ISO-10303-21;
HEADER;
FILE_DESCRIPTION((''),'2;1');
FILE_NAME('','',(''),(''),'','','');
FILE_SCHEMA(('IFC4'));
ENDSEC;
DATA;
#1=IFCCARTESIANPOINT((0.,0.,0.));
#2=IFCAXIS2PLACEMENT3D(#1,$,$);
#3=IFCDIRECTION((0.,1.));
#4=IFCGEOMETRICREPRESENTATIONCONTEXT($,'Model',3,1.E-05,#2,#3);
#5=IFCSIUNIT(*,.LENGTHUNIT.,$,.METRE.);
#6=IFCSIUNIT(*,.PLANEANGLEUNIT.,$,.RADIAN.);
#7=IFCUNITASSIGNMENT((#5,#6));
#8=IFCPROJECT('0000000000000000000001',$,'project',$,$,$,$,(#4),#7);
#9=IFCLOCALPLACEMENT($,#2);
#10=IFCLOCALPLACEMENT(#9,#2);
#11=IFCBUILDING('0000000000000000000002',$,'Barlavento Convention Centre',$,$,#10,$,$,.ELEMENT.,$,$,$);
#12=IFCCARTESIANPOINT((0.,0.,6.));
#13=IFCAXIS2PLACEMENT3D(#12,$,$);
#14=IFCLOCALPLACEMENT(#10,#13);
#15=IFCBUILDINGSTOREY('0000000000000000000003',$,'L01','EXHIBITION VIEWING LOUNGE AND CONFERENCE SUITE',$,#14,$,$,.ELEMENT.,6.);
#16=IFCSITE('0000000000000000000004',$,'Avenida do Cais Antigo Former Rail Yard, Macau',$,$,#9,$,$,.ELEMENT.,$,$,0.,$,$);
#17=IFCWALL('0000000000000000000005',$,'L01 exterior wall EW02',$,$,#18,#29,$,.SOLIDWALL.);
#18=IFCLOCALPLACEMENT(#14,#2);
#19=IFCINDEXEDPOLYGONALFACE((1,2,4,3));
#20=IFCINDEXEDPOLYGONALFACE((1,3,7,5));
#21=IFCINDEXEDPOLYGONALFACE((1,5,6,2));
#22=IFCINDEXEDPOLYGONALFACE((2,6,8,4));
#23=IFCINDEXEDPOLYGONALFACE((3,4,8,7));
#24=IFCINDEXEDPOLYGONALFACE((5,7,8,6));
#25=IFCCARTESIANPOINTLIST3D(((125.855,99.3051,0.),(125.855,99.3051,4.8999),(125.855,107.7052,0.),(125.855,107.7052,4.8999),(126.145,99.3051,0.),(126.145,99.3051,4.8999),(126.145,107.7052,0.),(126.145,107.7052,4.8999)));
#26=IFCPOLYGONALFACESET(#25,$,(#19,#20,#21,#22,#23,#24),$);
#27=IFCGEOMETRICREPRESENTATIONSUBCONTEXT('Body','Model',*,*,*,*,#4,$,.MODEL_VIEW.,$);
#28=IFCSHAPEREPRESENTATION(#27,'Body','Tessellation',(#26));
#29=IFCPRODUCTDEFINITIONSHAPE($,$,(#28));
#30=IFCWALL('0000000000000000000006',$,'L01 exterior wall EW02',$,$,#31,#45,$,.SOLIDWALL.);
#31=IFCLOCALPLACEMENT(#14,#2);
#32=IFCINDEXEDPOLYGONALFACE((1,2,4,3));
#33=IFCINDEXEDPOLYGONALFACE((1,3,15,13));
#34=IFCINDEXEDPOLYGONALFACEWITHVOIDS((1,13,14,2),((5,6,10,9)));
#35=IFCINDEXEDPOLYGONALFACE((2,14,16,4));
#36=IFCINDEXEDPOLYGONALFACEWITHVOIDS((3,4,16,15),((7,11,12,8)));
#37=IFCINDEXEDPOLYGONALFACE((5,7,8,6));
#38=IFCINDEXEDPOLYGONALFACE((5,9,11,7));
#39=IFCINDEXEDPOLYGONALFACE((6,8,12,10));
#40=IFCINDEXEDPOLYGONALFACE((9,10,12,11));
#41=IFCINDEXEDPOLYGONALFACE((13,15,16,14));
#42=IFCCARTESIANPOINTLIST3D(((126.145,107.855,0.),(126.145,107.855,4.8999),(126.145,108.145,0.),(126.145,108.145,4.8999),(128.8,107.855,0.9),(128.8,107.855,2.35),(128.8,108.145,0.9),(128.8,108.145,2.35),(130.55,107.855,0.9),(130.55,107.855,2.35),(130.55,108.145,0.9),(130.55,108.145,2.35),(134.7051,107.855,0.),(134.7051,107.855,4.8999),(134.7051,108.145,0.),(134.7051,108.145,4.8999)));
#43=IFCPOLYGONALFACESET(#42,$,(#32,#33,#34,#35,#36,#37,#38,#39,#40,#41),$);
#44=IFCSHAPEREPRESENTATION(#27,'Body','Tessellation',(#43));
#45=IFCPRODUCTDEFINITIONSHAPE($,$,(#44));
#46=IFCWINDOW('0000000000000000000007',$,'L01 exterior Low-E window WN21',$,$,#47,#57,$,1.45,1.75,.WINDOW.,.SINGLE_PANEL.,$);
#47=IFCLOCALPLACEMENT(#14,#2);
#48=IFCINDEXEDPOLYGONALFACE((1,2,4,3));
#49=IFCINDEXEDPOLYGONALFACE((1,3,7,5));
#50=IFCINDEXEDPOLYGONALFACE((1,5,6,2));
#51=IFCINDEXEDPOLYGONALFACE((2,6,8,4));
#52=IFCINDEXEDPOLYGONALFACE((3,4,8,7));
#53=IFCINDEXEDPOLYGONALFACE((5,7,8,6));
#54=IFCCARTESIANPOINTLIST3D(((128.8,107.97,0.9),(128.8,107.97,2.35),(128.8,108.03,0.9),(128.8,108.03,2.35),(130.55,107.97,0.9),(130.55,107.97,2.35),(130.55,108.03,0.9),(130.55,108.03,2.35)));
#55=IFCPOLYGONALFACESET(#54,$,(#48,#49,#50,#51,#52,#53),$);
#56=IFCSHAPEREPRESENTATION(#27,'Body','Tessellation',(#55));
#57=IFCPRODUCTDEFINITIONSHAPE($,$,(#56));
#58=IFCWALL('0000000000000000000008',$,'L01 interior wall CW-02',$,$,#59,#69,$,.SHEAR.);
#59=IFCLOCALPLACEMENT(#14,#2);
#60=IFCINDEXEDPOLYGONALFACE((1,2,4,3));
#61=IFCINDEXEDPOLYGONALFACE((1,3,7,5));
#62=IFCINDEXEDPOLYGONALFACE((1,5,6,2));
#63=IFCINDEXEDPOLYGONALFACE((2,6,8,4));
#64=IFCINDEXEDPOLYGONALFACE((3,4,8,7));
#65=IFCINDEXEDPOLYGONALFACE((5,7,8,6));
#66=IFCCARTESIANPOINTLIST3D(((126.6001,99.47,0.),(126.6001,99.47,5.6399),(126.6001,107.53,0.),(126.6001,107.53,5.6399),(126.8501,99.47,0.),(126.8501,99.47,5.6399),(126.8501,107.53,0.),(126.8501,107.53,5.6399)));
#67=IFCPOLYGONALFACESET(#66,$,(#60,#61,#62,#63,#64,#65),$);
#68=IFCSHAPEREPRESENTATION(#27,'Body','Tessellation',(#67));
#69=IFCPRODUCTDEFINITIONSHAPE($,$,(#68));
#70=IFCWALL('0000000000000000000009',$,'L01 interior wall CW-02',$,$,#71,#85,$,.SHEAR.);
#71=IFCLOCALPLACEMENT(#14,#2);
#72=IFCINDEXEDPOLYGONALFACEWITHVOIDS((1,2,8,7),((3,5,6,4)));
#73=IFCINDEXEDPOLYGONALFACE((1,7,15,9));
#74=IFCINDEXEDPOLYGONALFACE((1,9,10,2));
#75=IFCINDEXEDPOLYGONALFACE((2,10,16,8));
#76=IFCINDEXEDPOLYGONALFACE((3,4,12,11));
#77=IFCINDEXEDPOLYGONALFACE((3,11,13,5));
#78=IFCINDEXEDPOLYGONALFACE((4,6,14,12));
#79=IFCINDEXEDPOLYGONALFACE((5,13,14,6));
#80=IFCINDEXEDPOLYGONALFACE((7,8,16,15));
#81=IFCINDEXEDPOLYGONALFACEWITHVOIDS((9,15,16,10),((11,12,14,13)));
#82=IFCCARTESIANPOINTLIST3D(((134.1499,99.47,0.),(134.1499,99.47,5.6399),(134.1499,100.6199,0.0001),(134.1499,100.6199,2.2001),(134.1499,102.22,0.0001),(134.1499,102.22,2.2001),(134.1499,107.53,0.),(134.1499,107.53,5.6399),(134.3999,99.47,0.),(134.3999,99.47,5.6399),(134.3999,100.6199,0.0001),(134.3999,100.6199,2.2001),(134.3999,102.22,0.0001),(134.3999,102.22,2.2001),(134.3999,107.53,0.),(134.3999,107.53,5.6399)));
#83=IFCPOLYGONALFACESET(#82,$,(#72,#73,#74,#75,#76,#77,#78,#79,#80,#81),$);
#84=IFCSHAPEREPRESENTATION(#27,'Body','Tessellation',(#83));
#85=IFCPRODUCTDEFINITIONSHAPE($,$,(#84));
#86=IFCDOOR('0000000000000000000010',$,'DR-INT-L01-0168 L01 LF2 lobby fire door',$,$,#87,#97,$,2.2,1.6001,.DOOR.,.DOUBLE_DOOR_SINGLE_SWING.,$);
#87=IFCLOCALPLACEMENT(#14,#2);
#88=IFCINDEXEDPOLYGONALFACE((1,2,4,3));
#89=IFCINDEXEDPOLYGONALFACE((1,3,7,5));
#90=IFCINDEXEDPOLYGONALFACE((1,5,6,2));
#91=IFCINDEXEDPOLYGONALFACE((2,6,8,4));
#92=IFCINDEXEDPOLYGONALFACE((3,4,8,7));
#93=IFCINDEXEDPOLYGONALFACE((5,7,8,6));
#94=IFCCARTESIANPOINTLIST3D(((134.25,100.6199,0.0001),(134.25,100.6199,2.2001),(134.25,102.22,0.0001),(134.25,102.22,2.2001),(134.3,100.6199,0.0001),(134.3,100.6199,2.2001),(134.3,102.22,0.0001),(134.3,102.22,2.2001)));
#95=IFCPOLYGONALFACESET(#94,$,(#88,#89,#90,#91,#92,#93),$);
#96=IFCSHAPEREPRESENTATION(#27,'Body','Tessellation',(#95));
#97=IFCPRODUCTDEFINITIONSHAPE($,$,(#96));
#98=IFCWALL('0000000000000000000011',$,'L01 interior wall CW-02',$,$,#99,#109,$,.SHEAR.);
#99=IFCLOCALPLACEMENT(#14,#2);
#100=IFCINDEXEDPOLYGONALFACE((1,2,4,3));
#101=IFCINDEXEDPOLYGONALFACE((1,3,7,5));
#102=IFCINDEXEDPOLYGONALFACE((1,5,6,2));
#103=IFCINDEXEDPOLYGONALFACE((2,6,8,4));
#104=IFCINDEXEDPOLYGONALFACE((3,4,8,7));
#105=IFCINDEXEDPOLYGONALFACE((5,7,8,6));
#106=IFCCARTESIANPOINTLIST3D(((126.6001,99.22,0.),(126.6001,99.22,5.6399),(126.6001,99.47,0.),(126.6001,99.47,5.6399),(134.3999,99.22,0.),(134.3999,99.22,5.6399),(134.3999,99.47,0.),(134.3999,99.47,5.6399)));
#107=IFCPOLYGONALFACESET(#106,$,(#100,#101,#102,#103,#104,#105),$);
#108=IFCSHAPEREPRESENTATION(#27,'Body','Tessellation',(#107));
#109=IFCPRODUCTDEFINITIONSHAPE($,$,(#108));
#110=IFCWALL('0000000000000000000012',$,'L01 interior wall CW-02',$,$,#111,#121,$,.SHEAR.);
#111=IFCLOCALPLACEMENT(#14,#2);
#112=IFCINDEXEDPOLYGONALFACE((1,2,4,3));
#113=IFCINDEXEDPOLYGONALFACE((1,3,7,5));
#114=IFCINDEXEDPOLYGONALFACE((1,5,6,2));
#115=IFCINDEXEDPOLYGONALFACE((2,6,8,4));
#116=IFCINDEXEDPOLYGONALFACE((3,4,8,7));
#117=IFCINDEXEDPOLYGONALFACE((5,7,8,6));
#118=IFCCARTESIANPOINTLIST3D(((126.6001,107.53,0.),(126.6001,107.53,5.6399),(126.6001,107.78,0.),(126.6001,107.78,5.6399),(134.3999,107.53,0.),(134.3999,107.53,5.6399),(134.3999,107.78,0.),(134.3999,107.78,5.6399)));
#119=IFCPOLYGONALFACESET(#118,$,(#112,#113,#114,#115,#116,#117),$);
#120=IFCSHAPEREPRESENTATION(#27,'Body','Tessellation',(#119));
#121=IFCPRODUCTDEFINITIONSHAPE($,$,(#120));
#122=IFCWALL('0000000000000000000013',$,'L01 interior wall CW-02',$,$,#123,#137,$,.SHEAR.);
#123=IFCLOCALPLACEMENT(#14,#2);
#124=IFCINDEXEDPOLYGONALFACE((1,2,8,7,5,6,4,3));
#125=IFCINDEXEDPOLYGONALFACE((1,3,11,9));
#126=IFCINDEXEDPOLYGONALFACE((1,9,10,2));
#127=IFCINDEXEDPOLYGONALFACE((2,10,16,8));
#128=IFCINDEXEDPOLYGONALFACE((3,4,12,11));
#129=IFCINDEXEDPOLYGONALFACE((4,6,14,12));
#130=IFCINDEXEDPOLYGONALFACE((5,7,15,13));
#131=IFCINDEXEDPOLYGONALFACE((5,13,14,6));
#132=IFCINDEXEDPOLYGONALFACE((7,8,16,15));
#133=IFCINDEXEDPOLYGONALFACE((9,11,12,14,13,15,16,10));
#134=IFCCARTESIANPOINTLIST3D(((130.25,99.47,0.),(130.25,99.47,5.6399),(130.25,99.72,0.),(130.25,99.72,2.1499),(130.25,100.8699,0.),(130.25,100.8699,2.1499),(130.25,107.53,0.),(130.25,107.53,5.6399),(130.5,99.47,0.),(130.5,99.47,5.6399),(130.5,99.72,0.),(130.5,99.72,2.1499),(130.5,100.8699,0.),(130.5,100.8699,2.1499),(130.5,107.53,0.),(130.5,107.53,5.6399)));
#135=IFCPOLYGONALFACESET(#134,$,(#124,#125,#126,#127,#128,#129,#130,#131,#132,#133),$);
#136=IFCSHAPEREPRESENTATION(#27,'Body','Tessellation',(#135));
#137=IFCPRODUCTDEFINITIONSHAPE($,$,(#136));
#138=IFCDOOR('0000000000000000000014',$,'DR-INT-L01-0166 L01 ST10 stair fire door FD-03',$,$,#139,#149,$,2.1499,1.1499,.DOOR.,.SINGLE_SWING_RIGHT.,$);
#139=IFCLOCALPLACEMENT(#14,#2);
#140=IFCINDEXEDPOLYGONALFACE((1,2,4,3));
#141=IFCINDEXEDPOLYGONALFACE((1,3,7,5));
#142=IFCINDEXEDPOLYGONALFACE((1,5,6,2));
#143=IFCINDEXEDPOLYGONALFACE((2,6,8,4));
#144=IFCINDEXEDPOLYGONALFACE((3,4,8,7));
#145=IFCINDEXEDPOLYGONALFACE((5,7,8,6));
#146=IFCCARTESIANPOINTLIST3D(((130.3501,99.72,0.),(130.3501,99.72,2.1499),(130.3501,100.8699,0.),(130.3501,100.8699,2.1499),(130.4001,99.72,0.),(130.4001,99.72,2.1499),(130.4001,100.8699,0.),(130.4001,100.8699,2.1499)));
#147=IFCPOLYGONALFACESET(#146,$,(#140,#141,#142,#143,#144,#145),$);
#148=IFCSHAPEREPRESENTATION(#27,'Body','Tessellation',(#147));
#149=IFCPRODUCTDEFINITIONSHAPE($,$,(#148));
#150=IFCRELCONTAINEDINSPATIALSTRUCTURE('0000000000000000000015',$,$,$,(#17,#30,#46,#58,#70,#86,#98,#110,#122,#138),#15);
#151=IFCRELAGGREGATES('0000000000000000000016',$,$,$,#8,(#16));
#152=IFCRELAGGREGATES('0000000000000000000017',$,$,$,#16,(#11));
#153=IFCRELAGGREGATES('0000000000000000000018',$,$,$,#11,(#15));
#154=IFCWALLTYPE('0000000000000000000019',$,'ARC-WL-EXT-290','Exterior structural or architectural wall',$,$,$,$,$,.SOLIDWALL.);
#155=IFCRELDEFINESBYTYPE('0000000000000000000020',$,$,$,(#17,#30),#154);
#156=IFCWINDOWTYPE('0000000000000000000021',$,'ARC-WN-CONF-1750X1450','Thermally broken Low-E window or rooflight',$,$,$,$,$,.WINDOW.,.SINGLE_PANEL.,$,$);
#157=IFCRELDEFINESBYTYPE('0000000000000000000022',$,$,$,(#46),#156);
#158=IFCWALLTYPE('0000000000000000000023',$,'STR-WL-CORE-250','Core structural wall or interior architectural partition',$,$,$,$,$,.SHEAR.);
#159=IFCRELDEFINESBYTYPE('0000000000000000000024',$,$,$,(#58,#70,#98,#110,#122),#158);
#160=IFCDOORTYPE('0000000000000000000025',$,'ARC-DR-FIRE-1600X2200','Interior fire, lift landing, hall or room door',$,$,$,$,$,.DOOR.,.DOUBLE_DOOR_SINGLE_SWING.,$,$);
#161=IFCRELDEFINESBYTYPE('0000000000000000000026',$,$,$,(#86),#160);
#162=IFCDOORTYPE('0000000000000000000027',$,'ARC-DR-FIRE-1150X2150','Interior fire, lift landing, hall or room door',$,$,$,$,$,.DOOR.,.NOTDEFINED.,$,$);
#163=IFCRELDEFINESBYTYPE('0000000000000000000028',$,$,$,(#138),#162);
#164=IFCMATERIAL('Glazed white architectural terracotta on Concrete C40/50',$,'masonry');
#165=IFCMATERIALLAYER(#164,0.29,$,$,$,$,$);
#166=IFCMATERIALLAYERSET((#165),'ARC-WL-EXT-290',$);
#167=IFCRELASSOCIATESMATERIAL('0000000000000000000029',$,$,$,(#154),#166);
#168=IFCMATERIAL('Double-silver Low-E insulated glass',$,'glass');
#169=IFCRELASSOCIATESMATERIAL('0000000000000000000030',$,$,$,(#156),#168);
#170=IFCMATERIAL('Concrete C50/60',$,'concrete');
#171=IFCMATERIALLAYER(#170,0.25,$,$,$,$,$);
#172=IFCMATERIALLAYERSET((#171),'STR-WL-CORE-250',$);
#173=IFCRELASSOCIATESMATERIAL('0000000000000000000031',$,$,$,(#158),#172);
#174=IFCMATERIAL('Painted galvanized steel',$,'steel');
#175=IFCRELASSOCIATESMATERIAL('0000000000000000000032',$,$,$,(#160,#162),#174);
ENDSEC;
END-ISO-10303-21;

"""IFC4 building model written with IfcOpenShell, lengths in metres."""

from ifc_helpers import new_model, si_unit, direction, frame, frame_2d, origin, place, context, subcontext, project, spatial, rectangle, extrude, material, layer, layer_set, type_object, element, fill, save


model = new_model("IFC4")

# Units and contexts
model_context = context("Model", 3, precision=1e-05, world=origin(), true_north=direction((0.0, 1.0)))
body_context = subcontext(model_context, "Body", "Model", "MODEL_VIEW")
ifc_project = project(units=[si_unit("LENGTHUNIT", "METRE"), si_unit("PLANEANGLEUNIT", "RADIAN")], contexts=[model_context])

# Site, building, storey
site_placement = place(None, origin())
site = spatial("IfcSite", under=ifc_project, at=site_placement, Name="Avenida do Cais Antigo Former Rail Yard, Macau", CompositionType="ELEMENT", RefElevation=0.0)
building_placement = place(site_placement, origin())
building = spatial("IfcBuilding", under=site, at=building_placement, Name="Barlavento Convention Centre", CompositionType="ELEMENT")
storey_placement = place(building_placement, frame((0.0, 0.0, 6.0)))
storey = spatial("IfcBuildingStorey", under=building, at=storey_placement, Name="L01", Description="EXHIBITION VIEWING LOUNGE AND CONFERENCE SUITE", CompositionType="ELEMENT", Elevation=6.0)

# Wall
ifc_material_1 = material(Name="Glazed white architectural terracotta on Concrete C40/50", Category="masonry")
ifc_layer_1 = layer(ifc_material_1, 0.29)
ifc_layer_set_1 = layer_set([ifc_layer_1], Name="ARC-WL-EXT-290")
wall_type_1 = type_object("IfcWallType", Name="ARC-WL-EXT-290", Description="Exterior structural or architectural wall", PredefinedType="SOLIDWALL", material=ifc_layer_set_1)
wall_1_placement = place(storey_placement, frame((126.0, 99.3049, 0.0), z_axis=(0.0, 0.0, 1.0), x_axis=(0.0, 1.0, 0.0)))
element("IfcWall", 1, at=wall_1_placement, inside=storey, type_object=wall_type_1, Name="L01 exterior wall EW02", PredefinedType="SOLIDWALL", context=body_context, shape_type="SweptSolid", body=[
    extrude(rectangle(XDim=8.4001, YDim=0.29, at=frame_2d((4.2002, 0.0))), origin(), (0.0, 0.0, 1.0), 4.8999),
])

# Wall, opening, window
wall_2_placement = place(storey_placement, frame((126.145, 108.0, 0.0), z_axis=(0.0, 0.0, 1.0), x_axis=(1.0, 0.0, 0.0)))
wall_2 = element("IfcWall", 2, at=wall_2_placement, inside=storey, type_object=wall_type_1, Name="L01 exterior wall EW02", PredefinedType="SOLIDWALL", context=body_context, shape_type="SweptSolid", body=[
    extrude(rectangle(XDim=8.5601, YDim=0.29, at=frame_2d((4.28, 0.0))), origin(), (0.0, 0.0, 1.0), 4.8999),
])
opening_1_placement = place(wall_2_placement, frame((2.655, 0.0, 0.8999)))
opening_1 = element("IfcOpeningElement", 3, at=opening_1_placement, cuts=wall_2, PredefinedType="OPENING", context=body_context, shape_type="SweptSolid", body=[
    extrude(rectangle(XDim=1.75, YDim=1.45, at=frame_2d((0.875, 0.7251))), frame((0.0, 0.155, 0.0), z_axis=(0.0, -1.0, 0.0), x_axis=(1.0, 0.0, 0.0)), (0.0, 0.0, 1.0), 0.3101),
])
ifc_material_2 = material(Name="Double-silver Low-E insulated glass", Category="glass")
window_type = type_object("IfcWindowType", Name="ARC-WN-CONF-1750X1450", Description="Thermally broken Low-E window or rooflight", PartitioningType="SINGLE_PANEL", PredefinedType="WINDOW", material=ifc_material_2)
window_placement = place(opening_1_placement, origin())
window = element("IfcWindow", 4, at=window_placement, inside=storey, type_object=window_type, Name="L01 exterior Low-E window WN21", OverallHeight=1.45, OverallWidth=1.75, PartitioningType="SINGLE_PANEL", PredefinedType="WINDOW", context=body_context, shape_type="SweptSolid", body=[
    extrude(rectangle(XDim=1.75, YDim=1.45, at=frame_2d((0.875, 0.7251))), frame((0.0, 0.03, 0.0), z_axis=(0.0, -1.0, 0.0), x_axis=(1.0, 0.0, 0.0)), (0.0, 0.0, 1.0), 0.0601),
])
fill(opening_1, window)

# Wall
ifc_material_3 = material(Name="Concrete C50/60", Category="concrete")
ifc_layer_2 = layer(ifc_material_3, 0.25)
ifc_layer_set_2 = layer_set([ifc_layer_2], Name="STR-WL-CORE-250")
wall_type_2 = type_object("IfcWallType", Name="STR-WL-CORE-250", Description="Core structural wall or interior architectural partition", PredefinedType="SHEAR", material=ifc_layer_set_2)
wall_3_placement = place(storey_placement, frame((126.7251, 99.47, 0.0), z_axis=(0.0, 0.0, 1.0), x_axis=(0.0, 1.0, 0.0)))
element("IfcWall", 5, at=wall_3_placement, inside=storey, type_object=wall_type_2, Name="L01 interior wall CW-02", PredefinedType="SHEAR", context=body_context, shape_type="SweptSolid", body=[
    extrude(rectangle(XDim=8.0601, YDim=0.25, at=frame_2d((4.03, 0.0))), origin(), (0.0, 0.0, 1.0), 5.6399),
])

# Wall, opening, door
wall_4_placement = place(storey_placement, frame((134.2749, 99.47, 0.0), z_axis=(0.0, 0.0, 1.0), x_axis=(0.0, 1.0, 0.0)))
wall_4 = element("IfcWall", 6, at=wall_4_placement, inside=storey, type_object=wall_type_2, Name="L01 interior wall CW-02", PredefinedType="SHEAR", context=body_context, shape_type="SweptSolid", body=[
    extrude(rectangle(XDim=8.0601, YDim=0.25, at=frame_2d((4.03, 0.0))), origin(), (0.0, 0.0, 1.0), 5.6399),
])
opening_2_placement = place(wall_4_placement, frame((1.1499, 0.0, 0.0)))
opening_2 = element("IfcOpeningElement", 7, at=opening_2_placement, cuts=wall_4, PredefinedType="OPENING", context=body_context, shape_type="SweptSolid", body=[
    extrude(rectangle(XDim=1.6001, YDim=2.2, at=frame_2d((0.8, 1.1001))), frame((0.0, 0.135, 0.0), z_axis=(0.0, -1.0, 0.0), x_axis=(1.0, 0.0, 0.0)), (0.0, 0.0, 1.0), 0.27),
])
ifc_material_4 = material(Name="Painted galvanized steel", Category="steel")
door_type_1 = type_object("IfcDoorType", Name="ARC-DR-FIRE-1600X2200", Description="Interior fire, lift landing, hall or room door", OperationType="DOUBLE_DOOR_SINGLE_SWING", PredefinedType="DOOR", material=ifc_material_4)
door_1_placement = place(opening_2_placement, origin())
door_1 = element("IfcDoor", 8, at=door_1_placement, inside=storey, type_object=door_type_1, Name="DR-INT-L01-0168 L01 LF2 lobby fire door", OperationType="DOUBLE_DOOR_SINGLE_SWING", OverallHeight=2.2, OverallWidth=1.6001, PredefinedType="DOOR", context=body_context, shape_type="SweptSolid", body=[
    extrude(rectangle(XDim=1.6001, YDim=2.2, at=frame_2d((0.8, 1.1001))), frame((0.0, 0.0249, 0.0), z_axis=(0.0, -1.0, 0.0), x_axis=(1.0, 0.0, 0.0)), (0.0, 0.0, 1.0), 0.05),
])
fill(opening_2, door_1)

# Walls
for number, where, z_axis, x_axis, name in (
    (9, (126.6001, 99.345, 0.0), (0.0, 0.0, 1.0), (1.0, 0.0, 0.0), "L01 interior wall CW-02"),
    (10, (126.6001, 107.655, 0.0), (0.0, 0.0, 1.0), (1.0, 0.0, 0.0), "L01 interior wall CW-02"),
):
    element("IfcWall", number, at=place(storey_placement, frame(where, z_axis=z_axis, x_axis=x_axis)), inside=storey, type_object=wall_type_2, Name=name, PredefinedType="SHEAR", context=body_context, shape_type="SweptSolid", body=[
        extrude(rectangle(XDim=7.7998, YDim=0.25, at=frame_2d((3.8999, 0.0))), origin(), (0.0, 0.0, 1.0), 5.6399),
    ])

# Wall, opening, door
wall_5_placement = place(storey_placement, frame((130.375, 99.47, 0.0), z_axis=(0.0, 0.0, 1.0), x_axis=(0.0, 1.0, 0.0)))
wall_5 = element("IfcWall", 11, at=wall_5_placement, inside=storey, type_object=wall_type_2, Name="L01 interior wall CW-02", PredefinedType="SHEAR", context=body_context, shape_type="SweptSolid", body=[
    extrude(rectangle(XDim=8.0601, YDim=0.25, at=frame_2d((4.03, 0.0))), origin(), (0.0, 0.0, 1.0), 5.6399),
])
opening_3_placement = place(wall_5_placement, frame((0.25, 0.0, 0.0)))
opening_3 = element("IfcOpeningElement", 12, at=opening_3_placement, cuts=wall_5, PredefinedType="OPENING", context=body_context, shape_type="SweptSolid", body=[
    extrude(rectangle(XDim=1.1499, YDim=2.1499, at=frame_2d((0.575, 1.075))), frame((0.0, 0.135, 0.0), z_axis=(0.0, -1.0, 0.0), x_axis=(1.0, 0.0, 0.0)), (0.0, 0.0, 1.0), 0.27),
])
door_type_2 = type_object("IfcDoorType", Name="ARC-DR-FIRE-1150X2150", Description="Interior fire, lift landing, hall or room door", OperationType="NOTDEFINED", PredefinedType="DOOR", material=ifc_material_4)
door_2_placement = place(opening_3_placement, origin())
door_2 = element("IfcDoor", 13, at=door_2_placement, inside=storey, type_object=door_type_2, Name="DR-INT-L01-0166 L01 ST10 stair fire door FD-03", OperationType="SINGLE_SWING_RIGHT", OverallHeight=2.1499, OverallWidth=1.1499, PredefinedType="DOOR", context=body_context, shape_type="SweptSolid", body=[
    extrude(rectangle(XDim=1.1499, YDim=2.1499, at=frame_2d((0.575, 1.075))), frame((0.0, 0.0249, 0.0), z_axis=(0.0, -1.0, 0.0), x_axis=(1.0, 0.0, 0.0)), (0.0, 0.0, 1.0), 0.05),
])
fill(opening_3, door_2)

save(model, "model.ifc")
